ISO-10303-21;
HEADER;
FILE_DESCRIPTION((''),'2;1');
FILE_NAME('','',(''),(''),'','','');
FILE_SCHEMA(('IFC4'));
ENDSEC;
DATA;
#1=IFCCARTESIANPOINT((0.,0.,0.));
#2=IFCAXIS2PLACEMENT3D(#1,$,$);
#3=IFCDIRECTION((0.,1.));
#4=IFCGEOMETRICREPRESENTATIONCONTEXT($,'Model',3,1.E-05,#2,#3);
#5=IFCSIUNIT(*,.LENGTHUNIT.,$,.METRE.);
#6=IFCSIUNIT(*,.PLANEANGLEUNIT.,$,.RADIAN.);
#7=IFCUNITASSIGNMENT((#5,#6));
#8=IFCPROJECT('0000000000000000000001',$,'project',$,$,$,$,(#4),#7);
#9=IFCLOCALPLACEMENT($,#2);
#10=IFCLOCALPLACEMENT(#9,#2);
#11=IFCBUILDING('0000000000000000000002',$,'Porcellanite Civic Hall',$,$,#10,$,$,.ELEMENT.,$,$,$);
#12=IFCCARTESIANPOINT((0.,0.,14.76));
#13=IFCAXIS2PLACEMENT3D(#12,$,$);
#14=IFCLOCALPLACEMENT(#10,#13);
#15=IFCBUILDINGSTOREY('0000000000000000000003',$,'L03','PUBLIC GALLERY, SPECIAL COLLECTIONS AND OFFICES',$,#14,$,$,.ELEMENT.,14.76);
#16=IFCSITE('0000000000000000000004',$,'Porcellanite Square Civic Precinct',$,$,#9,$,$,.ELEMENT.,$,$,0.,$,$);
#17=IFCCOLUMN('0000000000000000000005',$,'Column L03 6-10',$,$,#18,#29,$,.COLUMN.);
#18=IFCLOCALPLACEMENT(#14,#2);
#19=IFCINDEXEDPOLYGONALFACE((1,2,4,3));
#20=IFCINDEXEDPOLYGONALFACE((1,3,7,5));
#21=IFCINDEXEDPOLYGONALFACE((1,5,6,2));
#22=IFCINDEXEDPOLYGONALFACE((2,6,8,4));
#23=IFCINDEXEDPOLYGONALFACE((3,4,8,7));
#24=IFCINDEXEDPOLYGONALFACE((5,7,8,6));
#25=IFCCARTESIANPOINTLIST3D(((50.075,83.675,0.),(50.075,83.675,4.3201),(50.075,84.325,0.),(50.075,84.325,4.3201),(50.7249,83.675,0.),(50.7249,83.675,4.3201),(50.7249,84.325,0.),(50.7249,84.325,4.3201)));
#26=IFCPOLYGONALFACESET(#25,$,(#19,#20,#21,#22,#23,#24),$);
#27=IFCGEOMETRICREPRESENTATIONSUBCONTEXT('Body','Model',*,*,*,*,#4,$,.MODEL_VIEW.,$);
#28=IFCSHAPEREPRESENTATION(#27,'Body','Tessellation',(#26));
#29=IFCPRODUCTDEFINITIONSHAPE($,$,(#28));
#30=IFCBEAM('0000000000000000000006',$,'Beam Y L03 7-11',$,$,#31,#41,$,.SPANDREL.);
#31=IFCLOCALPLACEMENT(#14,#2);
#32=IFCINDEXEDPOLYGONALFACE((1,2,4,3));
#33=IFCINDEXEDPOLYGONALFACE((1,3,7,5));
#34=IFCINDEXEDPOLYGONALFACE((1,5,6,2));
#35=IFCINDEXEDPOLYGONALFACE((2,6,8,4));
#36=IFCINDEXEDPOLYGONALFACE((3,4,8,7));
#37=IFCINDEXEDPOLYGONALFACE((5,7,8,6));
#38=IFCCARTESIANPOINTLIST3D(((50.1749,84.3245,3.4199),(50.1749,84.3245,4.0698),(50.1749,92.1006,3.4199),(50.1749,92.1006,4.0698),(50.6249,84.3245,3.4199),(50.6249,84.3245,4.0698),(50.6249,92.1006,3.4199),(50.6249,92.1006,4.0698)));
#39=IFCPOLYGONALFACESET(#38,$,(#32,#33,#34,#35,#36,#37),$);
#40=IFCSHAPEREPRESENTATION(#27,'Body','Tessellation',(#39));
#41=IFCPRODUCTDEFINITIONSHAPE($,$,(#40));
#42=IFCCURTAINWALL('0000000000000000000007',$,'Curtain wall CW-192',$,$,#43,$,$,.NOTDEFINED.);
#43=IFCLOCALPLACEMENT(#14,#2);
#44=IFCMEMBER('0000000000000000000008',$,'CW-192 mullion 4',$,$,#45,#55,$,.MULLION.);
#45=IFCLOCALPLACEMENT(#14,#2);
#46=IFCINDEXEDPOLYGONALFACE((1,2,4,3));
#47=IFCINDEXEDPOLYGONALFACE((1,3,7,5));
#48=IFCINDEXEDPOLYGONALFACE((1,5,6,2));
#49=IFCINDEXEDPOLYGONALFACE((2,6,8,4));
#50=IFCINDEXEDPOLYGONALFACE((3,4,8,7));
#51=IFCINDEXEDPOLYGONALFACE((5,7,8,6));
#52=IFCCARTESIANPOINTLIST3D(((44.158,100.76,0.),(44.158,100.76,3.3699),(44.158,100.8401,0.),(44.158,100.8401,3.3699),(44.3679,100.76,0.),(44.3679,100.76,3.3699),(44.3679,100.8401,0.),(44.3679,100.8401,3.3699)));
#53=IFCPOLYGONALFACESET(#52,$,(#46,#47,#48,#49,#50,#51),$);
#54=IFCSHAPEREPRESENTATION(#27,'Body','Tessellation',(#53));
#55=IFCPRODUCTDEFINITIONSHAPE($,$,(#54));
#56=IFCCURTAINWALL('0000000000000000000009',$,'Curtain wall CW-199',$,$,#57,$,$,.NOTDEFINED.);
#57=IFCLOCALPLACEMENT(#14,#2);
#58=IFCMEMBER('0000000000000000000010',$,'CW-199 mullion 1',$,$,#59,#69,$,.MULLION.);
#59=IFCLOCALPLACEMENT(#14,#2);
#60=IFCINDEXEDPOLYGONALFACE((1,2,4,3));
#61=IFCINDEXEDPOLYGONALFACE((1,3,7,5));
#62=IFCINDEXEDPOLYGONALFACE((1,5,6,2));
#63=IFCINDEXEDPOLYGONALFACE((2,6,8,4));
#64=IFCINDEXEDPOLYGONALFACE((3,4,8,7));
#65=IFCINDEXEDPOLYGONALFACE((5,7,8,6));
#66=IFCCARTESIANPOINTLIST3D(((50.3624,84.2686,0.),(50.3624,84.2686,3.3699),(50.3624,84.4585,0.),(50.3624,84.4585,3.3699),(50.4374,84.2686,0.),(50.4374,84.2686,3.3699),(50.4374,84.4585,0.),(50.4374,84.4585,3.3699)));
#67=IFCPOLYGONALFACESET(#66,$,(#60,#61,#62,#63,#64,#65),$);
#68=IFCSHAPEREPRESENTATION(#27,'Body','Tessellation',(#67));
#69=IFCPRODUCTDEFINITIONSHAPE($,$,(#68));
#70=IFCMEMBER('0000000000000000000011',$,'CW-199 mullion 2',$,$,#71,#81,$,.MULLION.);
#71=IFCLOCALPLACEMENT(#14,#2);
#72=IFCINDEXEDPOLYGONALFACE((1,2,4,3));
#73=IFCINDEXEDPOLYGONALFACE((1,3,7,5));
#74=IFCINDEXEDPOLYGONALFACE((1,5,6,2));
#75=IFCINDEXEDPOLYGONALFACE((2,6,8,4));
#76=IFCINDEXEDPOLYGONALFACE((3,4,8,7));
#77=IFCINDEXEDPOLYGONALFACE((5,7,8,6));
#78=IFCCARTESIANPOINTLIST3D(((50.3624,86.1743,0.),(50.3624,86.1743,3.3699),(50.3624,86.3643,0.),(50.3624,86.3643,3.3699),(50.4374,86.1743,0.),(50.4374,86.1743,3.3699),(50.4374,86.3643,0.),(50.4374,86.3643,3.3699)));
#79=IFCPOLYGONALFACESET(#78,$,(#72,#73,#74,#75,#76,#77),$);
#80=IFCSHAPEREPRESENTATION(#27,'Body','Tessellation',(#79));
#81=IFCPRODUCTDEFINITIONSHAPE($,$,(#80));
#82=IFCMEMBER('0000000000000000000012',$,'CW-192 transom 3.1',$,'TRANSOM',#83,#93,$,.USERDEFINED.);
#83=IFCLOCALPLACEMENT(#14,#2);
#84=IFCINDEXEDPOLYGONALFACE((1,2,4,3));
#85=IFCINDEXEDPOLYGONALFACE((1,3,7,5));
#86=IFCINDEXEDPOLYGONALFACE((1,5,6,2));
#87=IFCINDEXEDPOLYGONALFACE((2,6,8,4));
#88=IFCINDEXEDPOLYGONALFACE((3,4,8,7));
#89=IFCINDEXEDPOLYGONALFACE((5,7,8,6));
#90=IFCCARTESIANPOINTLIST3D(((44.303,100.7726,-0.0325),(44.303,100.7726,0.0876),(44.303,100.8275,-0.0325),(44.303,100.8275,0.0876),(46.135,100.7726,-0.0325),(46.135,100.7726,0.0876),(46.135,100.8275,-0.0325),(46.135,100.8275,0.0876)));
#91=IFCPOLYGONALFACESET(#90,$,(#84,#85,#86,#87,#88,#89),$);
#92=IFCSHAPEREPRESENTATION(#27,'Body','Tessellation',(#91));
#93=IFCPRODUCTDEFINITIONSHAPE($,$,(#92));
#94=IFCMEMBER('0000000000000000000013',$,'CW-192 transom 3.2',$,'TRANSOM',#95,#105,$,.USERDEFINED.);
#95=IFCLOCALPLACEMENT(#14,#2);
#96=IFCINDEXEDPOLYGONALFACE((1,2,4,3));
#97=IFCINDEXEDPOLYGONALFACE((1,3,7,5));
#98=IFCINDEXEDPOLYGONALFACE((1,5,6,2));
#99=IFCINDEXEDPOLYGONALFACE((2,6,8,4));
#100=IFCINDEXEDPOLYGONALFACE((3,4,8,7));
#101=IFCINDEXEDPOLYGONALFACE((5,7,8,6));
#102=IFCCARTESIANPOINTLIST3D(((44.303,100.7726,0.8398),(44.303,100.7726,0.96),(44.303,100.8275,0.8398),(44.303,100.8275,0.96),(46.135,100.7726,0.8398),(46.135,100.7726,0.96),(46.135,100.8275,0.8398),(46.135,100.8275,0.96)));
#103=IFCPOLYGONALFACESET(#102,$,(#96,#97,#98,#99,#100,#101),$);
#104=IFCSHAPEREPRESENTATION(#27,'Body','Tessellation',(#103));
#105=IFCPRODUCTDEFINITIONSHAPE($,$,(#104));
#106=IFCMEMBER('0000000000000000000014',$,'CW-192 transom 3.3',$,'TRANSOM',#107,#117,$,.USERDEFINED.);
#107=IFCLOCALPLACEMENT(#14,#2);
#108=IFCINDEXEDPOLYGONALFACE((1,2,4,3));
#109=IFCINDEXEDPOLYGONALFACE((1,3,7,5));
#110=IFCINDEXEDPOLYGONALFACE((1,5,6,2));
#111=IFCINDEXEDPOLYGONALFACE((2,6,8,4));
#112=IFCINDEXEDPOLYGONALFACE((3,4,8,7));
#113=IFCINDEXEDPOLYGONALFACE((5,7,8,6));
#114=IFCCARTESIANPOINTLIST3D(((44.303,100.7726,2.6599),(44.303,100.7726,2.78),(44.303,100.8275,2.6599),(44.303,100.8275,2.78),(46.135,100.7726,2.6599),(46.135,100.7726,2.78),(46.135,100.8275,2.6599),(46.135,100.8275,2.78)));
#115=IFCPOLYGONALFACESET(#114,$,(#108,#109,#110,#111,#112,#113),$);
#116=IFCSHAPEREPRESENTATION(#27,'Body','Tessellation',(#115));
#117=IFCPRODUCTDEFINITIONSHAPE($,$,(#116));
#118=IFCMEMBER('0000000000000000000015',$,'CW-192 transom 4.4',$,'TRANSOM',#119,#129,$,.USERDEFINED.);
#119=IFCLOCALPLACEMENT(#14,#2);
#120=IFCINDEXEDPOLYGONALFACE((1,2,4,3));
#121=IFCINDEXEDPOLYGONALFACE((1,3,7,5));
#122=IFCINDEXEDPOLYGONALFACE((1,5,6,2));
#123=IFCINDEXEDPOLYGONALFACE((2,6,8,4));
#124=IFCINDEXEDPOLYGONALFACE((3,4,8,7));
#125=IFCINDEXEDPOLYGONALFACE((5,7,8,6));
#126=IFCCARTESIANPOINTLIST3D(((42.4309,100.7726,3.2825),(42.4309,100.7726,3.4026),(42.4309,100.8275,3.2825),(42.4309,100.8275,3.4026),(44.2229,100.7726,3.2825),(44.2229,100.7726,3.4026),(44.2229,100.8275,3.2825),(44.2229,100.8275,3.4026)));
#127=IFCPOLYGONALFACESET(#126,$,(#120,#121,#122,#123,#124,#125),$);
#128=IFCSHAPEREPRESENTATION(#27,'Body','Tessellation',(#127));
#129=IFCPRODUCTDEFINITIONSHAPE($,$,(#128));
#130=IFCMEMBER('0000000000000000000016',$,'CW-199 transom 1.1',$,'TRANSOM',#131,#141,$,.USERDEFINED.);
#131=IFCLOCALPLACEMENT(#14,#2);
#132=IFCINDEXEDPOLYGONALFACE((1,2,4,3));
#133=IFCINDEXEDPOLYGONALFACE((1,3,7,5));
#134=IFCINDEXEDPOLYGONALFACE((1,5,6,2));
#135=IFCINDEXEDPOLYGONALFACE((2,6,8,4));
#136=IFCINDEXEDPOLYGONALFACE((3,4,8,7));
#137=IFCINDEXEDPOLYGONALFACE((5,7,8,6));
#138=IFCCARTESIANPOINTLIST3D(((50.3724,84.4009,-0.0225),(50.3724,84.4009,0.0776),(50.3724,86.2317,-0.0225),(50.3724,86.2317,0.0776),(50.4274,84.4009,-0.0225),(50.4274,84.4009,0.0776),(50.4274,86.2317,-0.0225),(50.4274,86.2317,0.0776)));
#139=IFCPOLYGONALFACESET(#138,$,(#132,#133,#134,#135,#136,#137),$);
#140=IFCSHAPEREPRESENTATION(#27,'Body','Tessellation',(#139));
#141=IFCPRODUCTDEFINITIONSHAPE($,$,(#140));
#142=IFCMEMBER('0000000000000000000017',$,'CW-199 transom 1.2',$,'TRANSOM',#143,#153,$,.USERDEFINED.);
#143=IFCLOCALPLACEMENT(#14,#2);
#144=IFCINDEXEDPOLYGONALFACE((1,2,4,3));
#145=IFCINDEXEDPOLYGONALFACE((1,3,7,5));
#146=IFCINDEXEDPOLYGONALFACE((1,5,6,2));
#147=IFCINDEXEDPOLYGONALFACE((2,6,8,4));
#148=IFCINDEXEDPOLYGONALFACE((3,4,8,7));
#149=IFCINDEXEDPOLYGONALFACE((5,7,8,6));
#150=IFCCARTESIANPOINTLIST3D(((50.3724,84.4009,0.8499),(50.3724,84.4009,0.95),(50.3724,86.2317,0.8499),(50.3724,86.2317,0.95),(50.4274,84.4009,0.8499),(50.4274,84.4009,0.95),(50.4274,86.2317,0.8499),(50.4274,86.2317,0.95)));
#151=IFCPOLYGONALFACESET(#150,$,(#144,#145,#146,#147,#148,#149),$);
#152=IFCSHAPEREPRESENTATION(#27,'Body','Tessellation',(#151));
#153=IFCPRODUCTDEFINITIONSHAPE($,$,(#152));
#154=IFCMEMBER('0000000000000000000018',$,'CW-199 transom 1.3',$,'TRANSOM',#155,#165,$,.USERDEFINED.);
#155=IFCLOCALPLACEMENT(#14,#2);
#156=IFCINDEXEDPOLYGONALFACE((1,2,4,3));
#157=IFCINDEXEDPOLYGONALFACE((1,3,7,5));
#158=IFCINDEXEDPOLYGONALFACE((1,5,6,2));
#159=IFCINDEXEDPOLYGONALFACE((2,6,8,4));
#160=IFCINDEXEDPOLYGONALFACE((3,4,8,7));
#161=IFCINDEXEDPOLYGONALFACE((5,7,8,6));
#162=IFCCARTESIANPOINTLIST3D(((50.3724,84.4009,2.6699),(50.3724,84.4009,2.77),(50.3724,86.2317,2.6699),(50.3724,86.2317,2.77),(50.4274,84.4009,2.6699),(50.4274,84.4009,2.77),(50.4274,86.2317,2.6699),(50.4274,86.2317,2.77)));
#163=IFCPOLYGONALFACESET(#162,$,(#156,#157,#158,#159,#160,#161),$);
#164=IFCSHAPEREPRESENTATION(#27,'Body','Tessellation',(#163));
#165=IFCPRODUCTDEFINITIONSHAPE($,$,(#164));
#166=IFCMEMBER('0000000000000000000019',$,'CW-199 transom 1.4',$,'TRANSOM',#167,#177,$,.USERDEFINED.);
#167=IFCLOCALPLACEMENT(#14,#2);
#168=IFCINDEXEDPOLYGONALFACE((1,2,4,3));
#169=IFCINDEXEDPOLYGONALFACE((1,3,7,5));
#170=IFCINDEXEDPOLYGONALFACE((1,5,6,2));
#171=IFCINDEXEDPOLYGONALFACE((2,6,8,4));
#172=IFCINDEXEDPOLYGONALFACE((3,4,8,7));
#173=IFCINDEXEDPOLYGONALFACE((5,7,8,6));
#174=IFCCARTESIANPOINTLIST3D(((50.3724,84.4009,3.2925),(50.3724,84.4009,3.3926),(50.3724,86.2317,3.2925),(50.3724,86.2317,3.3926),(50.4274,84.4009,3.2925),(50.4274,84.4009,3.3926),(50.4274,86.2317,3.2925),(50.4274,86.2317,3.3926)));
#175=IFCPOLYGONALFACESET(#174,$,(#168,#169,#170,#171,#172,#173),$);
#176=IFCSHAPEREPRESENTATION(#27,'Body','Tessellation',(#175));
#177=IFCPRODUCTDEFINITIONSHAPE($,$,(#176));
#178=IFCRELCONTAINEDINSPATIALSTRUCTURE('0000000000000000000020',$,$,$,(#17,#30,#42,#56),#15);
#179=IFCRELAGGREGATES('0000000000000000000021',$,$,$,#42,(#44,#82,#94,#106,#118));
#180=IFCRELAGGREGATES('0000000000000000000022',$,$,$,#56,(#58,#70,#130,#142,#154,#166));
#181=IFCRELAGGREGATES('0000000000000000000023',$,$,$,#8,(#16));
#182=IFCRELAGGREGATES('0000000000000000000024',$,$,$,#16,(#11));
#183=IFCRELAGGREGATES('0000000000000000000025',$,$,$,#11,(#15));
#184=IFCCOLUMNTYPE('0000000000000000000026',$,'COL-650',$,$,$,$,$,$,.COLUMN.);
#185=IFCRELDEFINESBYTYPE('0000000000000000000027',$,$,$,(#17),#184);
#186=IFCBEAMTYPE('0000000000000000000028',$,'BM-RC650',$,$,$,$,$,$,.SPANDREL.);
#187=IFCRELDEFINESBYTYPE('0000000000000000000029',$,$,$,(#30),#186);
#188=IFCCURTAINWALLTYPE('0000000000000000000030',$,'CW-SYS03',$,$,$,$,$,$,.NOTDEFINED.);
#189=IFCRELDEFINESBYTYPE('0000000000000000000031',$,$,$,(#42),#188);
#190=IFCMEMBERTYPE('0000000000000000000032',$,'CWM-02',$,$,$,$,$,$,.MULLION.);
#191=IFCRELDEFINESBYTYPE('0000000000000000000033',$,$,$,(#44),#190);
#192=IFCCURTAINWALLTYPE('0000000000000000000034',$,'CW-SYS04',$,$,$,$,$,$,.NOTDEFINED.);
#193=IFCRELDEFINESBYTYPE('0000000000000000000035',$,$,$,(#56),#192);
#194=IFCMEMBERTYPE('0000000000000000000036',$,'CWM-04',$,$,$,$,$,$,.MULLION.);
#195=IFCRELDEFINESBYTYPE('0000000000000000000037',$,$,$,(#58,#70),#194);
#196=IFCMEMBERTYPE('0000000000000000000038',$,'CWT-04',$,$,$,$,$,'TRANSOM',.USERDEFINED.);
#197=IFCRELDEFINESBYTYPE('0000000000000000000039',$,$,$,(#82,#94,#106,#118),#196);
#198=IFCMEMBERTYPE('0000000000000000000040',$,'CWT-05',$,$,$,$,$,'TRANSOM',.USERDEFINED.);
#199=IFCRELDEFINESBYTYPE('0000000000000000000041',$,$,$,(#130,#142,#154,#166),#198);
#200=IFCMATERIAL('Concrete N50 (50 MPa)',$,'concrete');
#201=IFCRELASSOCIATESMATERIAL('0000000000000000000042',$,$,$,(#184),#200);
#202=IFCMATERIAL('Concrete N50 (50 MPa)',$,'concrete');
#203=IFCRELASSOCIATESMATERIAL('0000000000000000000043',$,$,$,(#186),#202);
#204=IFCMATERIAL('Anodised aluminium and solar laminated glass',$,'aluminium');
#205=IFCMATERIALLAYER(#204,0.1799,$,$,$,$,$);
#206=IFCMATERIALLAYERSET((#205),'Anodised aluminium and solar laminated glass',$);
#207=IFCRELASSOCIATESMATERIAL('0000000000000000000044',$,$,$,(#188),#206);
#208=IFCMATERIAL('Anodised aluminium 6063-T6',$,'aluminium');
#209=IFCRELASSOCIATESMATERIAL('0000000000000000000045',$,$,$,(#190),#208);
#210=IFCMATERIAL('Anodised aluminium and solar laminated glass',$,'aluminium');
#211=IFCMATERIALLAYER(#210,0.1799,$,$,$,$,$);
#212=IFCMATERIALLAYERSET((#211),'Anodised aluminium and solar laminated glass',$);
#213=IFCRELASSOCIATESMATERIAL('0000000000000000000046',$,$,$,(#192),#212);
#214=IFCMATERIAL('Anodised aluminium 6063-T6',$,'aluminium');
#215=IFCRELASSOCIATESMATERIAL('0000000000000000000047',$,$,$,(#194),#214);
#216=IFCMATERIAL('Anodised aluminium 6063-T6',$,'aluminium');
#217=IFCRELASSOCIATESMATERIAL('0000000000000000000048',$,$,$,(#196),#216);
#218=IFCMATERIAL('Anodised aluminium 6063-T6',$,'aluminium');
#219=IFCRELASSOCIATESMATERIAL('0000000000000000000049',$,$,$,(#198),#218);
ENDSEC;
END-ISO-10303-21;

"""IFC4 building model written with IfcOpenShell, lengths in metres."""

from ifc_helpers import new_model, si_unit, direction, frame, origin, origin_2d, place, context, subcontext, project, spatial, rectangle, extrude, material, layer, layer_set, material_profile, profile_set, type_object, element, aggregate, save


model = new_model("IFC4")

# Units and contexts
model_context = context("Model", 3, precision=1e-05, world=origin(), true_north=direction((0.0, 1.0)))
body_context = subcontext(model_context, "Body", "Model", "MODEL_VIEW")
ifc_project = project(units=[si_unit("LENGTHUNIT", "METRE"), si_unit("PLANEANGLEUNIT", "RADIAN")], contexts=[model_context])

# Site, building, storey
site_placement = place(None, origin())
site = spatial("IfcSite", under=ifc_project, at=site_placement, Name="Porcellanite Square Civic Precinct", CompositionType="ELEMENT", RefElevation=0.0)
building_placement = place(site_placement, origin())
building = spatial("IfcBuilding", under=site, at=building_placement, Name="Porcellanite Civic Hall", CompositionType="ELEMENT")
storey_placement = place(building_placement, frame((0.0, 0.0, 14.76)))
storey = spatial("IfcBuildingStorey", under=building, at=storey_placement, Name="L03", Description="PUBLIC GALLERY, SPECIAL COLLECTIONS AND OFFICES", CompositionType="ELEMENT", Elevation=14.76)

# Column
ifc_material_1 = material(Name="Concrete N50 (50 MPa)", Category="concrete")
ifc_material_profile_1 = material_profile(ifc_material_1, rectangle(XDim=0.6499, YDim=0.6499, at=origin_2d()), Name="RC-650x650")
ifc_profile_set_1 = profile_set([ifc_material_profile_1], Name="Concrete N50 (50 MPa)")
column_type = type_object("IfcColumnType", Name="COL-650", PredefinedType="COLUMN", material=ifc_profile_set_1)
column_placement = place(storey_placement, frame((50.3999, 84.0, 0.0), z_axis=(0.0, 0.0, 1.0), x_axis=(1.0, 0.0, 0.0)))
element("IfcColumn", 1, at=column_placement, inside=storey, type_object=column_type, Name="Column L03 6-10", PredefinedType="COLUMN", context=body_context, shape_type="SweptSolid", body=[
    extrude(rectangle(XDim=0.6499, YDim=0.6499, at=origin_2d()), origin(), (0.0, 0.0, 1.0), 4.3201),
])

# Beam
ifc_material_2 = material(Name="Concrete N50 (50 MPa)", Category="concrete")
ifc_material_profile_2 = material_profile(ifc_material_2, rectangle(XDim=0.45, YDim=0.6499, at=origin_2d()), Name="RC-450x650")
ifc_profile_set_2 = profile_set([ifc_material_profile_2], Name="Concrete N50 (50 MPa)")
beam_type = type_object("IfcBeamType", Name="BM-RC650", PredefinedType="SPANDREL", material=ifc_profile_set_2)
beam_placement = place(storey_placement, frame((50.3999, 84.3245, 3.7449), z_axis=(0.0, 1.0, 0.0), x_axis=(-1.0, 0.0, 0.0)))
element("IfcBeam", 2, at=beam_placement, inside=storey, type_object=beam_type, Name="Beam Y L03 7-11", PredefinedType="SPANDREL", context=body_context, shape_type="SweptSolid", body=[
    extrude(rectangle(XDim=0.45, YDim=0.6499, at=origin_2d()), origin(), (0.0, 0.0, 1.0), 7.7761),
])

# Curtain wall, member
ifc_material_3 = material(Name="Anodised aluminium and solar laminated glass", Category="aluminium")
ifc_layer_1 = layer(ifc_material_3, 0.1799)
ifc_layer_set_1 = layer_set([ifc_layer_1], Name="Anodised aluminium and solar laminated glass")
curtain_wall_type_1 = type_object("IfcCurtainWallType", Name="CW-SYS03", PredefinedType="NOTDEFINED", material=ifc_layer_set_1)
curtain_wall_1_placement = place(storey_placement, origin())
curtain_wall_1 = element("IfcCurtainWall", 3, at=curtain_wall_1_placement, inside=storey, type_object=curtain_wall_type_1, Name="Curtain wall CW-192", PredefinedType="NOTDEFINED")
ifc_material_4 = material(Name="Anodised aluminium 6063-T6", Category="aluminium")
ifc_material_profile_3 = material_profile(ifc_material_4, rectangle(XDim=0.0801, YDim=0.21, at=origin_2d()), Name="AL-80x210")
ifc_profile_set_3 = profile_set([ifc_material_profile_3], Name="Anodised aluminium 6063-T6")
member_type_1 = type_object("IfcMemberType", Name="CWM-02", PredefinedType="MULLION", material=ifc_profile_set_3)
member_1_placement = place(storey_placement, frame((44.2629, 100.8, 0.0), z_axis=(0.0, 0.0, 1.0), x_axis=(0.0, -1.0, 0.0)))
member_1 = element("IfcMember", 4, at=member_1_placement, type_object=member_type_1, Name="CW-192 mullion 4", PredefinedType="MULLION", context=body_context, shape_type="SweptSolid", body=[
    extrude(rectangle(XDim=0.0801, YDim=0.21, at=origin_2d()), origin(), (0.0, 0.0, 1.0), 3.3699),
])

# Curtain wall, members
ifc_material_5 = material(Name="Anodised aluminium and solar laminated glass", Category="aluminium")
ifc_layer_2 = layer(ifc_material_5, 0.1799)
ifc_layer_set_2 = layer_set([ifc_layer_2], Name="Anodised aluminium and solar laminated glass")
curtain_wall_type_2 = type_object("IfcCurtainWallType", Name="CW-SYS04", PredefinedType="NOTDEFINED", material=ifc_layer_set_2)
curtain_wall_2_placement = place(storey_placement, origin())
curtain_wall_2 = element("IfcCurtainWall", 5, at=curtain_wall_2_placement, inside=storey, type_object=curtain_wall_type_2, Name="Curtain wall CW-199", PredefinedType="NOTDEFINED")
ifc_material_6 = material(Name="Anodised aluminium 6063-T6", Category="aluminium")
ifc_material_profile_4 = material_profile(ifc_material_6, rectangle(XDim=0.075, YDim=0.1899, at=origin_2d()), Name="AL-75x190")
ifc_profile_set_4 = profile_set([ifc_material_profile_4], Name="Anodised aluminium 6063-T6")
member_type_2 = type_object("IfcMemberType", Name="CWM-04", PredefinedType="MULLION", material=ifc_profile_set_4)
member_2_placement = place(storey_placement, frame((50.3999, 84.3635, 0.0), z_axis=(0.0, 0.0, 1.0), x_axis=(-1.0, 0.0, 0.0)))
member_2 = element("IfcMember", 6, at=member_2_placement, type_object=member_type_2, Name="CW-199 mullion 1", PredefinedType="MULLION", context=body_context, shape_type="SweptSolid", body=[
    extrude(rectangle(XDim=0.075, YDim=0.1899, at=origin_2d()), origin(), (0.0, 0.0, 1.0), 3.3699),
])
member_3_placement = place(storey_placement, frame((50.3999, 86.2693, 0.0), z_axis=(0.0, 0.0, 1.0), x_axis=(-1.0, 0.0, 0.0)))
member_3 = element("IfcMember", 7, at=member_3_placement, type_object=member_type_2, Name="CW-199 mullion 2", PredefinedType="MULLION", context=body_context, shape_type="SweptSolid", body=[
    extrude(rectangle(XDim=0.075, YDim=0.1899, at=origin_2d()), origin(), (0.0, 0.0, 1.0), 3.3699),
])

# Members
ifc_material_7 = material(Name="Anodised aluminium 6063-T6", Category="aluminium")
ifc_material_profile_5 = material_profile(ifc_material_7, rectangle(XDim=0.0549, YDim=0.1201, at=origin_2d()), Name="AL-55x120")
ifc_profile_set_5 = profile_set([ifc_material_profile_5], Name="Anodised aluminium 6063-T6")
member_type_3 = type_object("IfcMemberType", Name="CWT-04", ElementType="TRANSOM", PredefinedType="USERDEFINED", material=ifc_profile_set_5)
member_4_placement = place(storey_placement, frame((46.135, 100.8, 0.0276), z_axis=(-1.0, 0.0, 0.0), x_axis=(0.0, -1.0, 0.0)))
member_4 = element("IfcMember", 8, at=member_4_placement, type_object=member_type_3, Name="CW-192 transom 3.1", ObjectType="TRANSOM", PredefinedType="USERDEFINED", context=body_context, shape_type="SweptSolid", body=[
    extrude(rectangle(XDim=0.0549, YDim=0.1201, at=origin_2d()), origin(), (0.0, 0.0, 1.0), 1.832),
])
member_5_placement = place(storey_placement, frame((46.135, 100.8, 0.8999), z_axis=(-1.0, 0.0, 0.0), x_axis=(0.0, -1.0, 0.0)))
member_5 = element("IfcMember", 9, at=member_5_placement, type_object=member_type_3, Name="CW-192 transom 3.2", ObjectType="TRANSOM", PredefinedType="USERDEFINED", context=body_context, shape_type="SweptSolid", body=[
    extrude(rectangle(XDim=0.0549, YDim=0.1201, at=origin_2d()), origin(), (0.0, 0.0, 1.0), 1.832),
])
member_6_placement = place(storey_placement, frame((46.135, 100.8, 2.72), z_axis=(-1.0, 0.0, 0.0), x_axis=(0.0, -1.0, 0.0)))
member_6 = element("IfcMember", 10, at=member_6_placement, type_object=member_type_3, Name="CW-192 transom 3.3", ObjectType="TRANSOM", PredefinedType="USERDEFINED", context=body_context, shape_type="SweptSolid", body=[
    extrude(rectangle(XDim=0.0549, YDim=0.1201, at=origin_2d()), origin(), (0.0, 0.0, 1.0), 1.832),
])
member_7_placement = place(storey_placement, frame((44.2229, 100.8, 3.3425), z_axis=(-1.0, 0.0, 0.0), x_axis=(0.0, -1.0, 0.0)))
member_7 = element("IfcMember", 11, at=member_7_placement, type_object=member_type_3, Name="CW-192 transom 4.4", ObjectType="TRANSOM", PredefinedType="USERDEFINED", context=body_context, shape_type="SweptSolid", body=[
    extrude(rectangle(XDim=0.0549, YDim=0.1201, at=origin_2d()), origin(), (0.0, 0.0, 1.0), 1.792),
])
ifc_material_8 = material(Name="Anodised aluminium 6063-T6", Category="aluminium")
ifc_material_profile_6 = material_profile(ifc_material_8, rectangle(XDim=0.0549, YDim=0.1001, at=origin_2d()), Name="AL-55x100")
ifc_profile_set_6 = profile_set([ifc_material_profile_6], Name="Anodised aluminium 6063-T6")
member_type_4 = type_object("IfcMemberType", Name="CWT-05", ElementType="TRANSOM", PredefinedType="USERDEFINED", material=ifc_profile_set_6)
member_8_placement = place(storey_placement, frame((50.3999, 84.4009, 0.0276), z_axis=(0.0, 1.0, 0.0), x_axis=(-1.0, 0.0, 0.0)))
member_8 = element("IfcMember", 12, at=member_8_placement, type_object=member_type_4, Name="CW-199 transom 1.1", ObjectType="TRANSOM", PredefinedType="USERDEFINED", context=body_context, shape_type="SweptSolid", body=[
    extrude(rectangle(XDim=0.0549, YDim=0.1001, at=origin_2d()), origin(), (0.0, 0.0, 1.0), 1.8308),
])
member_9_placement = place(storey_placement, frame((50.3999, 84.4009, 0.8999), z_axis=(0.0, 1.0, 0.0), x_axis=(-1.0, 0.0, 0.0)))
member_9 = element("IfcMember", 13, at=member_9_placement, type_object=member_type_4, Name="CW-199 transom 1.2", ObjectType="TRANSOM", PredefinedType="USERDEFINED", context=body_context, shape_type="SweptSolid", body=[
    extrude(rectangle(XDim=0.0549, YDim=0.1001, at=origin_2d()), origin(), (0.0, 0.0, 1.0), 1.8308),
])
member_10_placement = place(storey_placement, frame((50.3999, 84.4009, 2.72), z_axis=(0.0, 1.0, 0.0), x_axis=(-1.0, 0.0, 0.0)))
member_10 = element("IfcMember", 14, at=member_10_placement, type_object=member_type_4, Name="CW-199 transom 1.3", ObjectType="TRANSOM", PredefinedType="USERDEFINED", context=body_context, shape_type="SweptSolid", body=[
    extrude(rectangle(XDim=0.0549, YDim=0.1001, at=origin_2d()), origin(), (0.0, 0.0, 1.0), 1.8308),
])
member_11_placement = place(storey_placement, frame((50.3999, 84.4009, 3.3425), z_axis=(0.0, 1.0, 0.0), x_axis=(-1.0, 0.0, 0.0)))
member_11 = element("IfcMember", 15, at=member_11_placement, type_object=member_type_4, Name="CW-199 transom 1.4", ObjectType="TRANSOM", PredefinedType="USERDEFINED", context=body_context, shape_type="SweptSolid", body=[
    extrude(rectangle(XDim=0.0549, YDim=0.1001, at=origin_2d()), origin(), (0.0, 0.0, 1.0), 1.8308),
])

aggregate(curtain_wall_1, [member_1, member_4, member_5, member_6, member_7])
aggregate(curtain_wall_2, [member_2, member_3, member_8, member_9, member_10, member_11])

save(model, "model.ifc")
